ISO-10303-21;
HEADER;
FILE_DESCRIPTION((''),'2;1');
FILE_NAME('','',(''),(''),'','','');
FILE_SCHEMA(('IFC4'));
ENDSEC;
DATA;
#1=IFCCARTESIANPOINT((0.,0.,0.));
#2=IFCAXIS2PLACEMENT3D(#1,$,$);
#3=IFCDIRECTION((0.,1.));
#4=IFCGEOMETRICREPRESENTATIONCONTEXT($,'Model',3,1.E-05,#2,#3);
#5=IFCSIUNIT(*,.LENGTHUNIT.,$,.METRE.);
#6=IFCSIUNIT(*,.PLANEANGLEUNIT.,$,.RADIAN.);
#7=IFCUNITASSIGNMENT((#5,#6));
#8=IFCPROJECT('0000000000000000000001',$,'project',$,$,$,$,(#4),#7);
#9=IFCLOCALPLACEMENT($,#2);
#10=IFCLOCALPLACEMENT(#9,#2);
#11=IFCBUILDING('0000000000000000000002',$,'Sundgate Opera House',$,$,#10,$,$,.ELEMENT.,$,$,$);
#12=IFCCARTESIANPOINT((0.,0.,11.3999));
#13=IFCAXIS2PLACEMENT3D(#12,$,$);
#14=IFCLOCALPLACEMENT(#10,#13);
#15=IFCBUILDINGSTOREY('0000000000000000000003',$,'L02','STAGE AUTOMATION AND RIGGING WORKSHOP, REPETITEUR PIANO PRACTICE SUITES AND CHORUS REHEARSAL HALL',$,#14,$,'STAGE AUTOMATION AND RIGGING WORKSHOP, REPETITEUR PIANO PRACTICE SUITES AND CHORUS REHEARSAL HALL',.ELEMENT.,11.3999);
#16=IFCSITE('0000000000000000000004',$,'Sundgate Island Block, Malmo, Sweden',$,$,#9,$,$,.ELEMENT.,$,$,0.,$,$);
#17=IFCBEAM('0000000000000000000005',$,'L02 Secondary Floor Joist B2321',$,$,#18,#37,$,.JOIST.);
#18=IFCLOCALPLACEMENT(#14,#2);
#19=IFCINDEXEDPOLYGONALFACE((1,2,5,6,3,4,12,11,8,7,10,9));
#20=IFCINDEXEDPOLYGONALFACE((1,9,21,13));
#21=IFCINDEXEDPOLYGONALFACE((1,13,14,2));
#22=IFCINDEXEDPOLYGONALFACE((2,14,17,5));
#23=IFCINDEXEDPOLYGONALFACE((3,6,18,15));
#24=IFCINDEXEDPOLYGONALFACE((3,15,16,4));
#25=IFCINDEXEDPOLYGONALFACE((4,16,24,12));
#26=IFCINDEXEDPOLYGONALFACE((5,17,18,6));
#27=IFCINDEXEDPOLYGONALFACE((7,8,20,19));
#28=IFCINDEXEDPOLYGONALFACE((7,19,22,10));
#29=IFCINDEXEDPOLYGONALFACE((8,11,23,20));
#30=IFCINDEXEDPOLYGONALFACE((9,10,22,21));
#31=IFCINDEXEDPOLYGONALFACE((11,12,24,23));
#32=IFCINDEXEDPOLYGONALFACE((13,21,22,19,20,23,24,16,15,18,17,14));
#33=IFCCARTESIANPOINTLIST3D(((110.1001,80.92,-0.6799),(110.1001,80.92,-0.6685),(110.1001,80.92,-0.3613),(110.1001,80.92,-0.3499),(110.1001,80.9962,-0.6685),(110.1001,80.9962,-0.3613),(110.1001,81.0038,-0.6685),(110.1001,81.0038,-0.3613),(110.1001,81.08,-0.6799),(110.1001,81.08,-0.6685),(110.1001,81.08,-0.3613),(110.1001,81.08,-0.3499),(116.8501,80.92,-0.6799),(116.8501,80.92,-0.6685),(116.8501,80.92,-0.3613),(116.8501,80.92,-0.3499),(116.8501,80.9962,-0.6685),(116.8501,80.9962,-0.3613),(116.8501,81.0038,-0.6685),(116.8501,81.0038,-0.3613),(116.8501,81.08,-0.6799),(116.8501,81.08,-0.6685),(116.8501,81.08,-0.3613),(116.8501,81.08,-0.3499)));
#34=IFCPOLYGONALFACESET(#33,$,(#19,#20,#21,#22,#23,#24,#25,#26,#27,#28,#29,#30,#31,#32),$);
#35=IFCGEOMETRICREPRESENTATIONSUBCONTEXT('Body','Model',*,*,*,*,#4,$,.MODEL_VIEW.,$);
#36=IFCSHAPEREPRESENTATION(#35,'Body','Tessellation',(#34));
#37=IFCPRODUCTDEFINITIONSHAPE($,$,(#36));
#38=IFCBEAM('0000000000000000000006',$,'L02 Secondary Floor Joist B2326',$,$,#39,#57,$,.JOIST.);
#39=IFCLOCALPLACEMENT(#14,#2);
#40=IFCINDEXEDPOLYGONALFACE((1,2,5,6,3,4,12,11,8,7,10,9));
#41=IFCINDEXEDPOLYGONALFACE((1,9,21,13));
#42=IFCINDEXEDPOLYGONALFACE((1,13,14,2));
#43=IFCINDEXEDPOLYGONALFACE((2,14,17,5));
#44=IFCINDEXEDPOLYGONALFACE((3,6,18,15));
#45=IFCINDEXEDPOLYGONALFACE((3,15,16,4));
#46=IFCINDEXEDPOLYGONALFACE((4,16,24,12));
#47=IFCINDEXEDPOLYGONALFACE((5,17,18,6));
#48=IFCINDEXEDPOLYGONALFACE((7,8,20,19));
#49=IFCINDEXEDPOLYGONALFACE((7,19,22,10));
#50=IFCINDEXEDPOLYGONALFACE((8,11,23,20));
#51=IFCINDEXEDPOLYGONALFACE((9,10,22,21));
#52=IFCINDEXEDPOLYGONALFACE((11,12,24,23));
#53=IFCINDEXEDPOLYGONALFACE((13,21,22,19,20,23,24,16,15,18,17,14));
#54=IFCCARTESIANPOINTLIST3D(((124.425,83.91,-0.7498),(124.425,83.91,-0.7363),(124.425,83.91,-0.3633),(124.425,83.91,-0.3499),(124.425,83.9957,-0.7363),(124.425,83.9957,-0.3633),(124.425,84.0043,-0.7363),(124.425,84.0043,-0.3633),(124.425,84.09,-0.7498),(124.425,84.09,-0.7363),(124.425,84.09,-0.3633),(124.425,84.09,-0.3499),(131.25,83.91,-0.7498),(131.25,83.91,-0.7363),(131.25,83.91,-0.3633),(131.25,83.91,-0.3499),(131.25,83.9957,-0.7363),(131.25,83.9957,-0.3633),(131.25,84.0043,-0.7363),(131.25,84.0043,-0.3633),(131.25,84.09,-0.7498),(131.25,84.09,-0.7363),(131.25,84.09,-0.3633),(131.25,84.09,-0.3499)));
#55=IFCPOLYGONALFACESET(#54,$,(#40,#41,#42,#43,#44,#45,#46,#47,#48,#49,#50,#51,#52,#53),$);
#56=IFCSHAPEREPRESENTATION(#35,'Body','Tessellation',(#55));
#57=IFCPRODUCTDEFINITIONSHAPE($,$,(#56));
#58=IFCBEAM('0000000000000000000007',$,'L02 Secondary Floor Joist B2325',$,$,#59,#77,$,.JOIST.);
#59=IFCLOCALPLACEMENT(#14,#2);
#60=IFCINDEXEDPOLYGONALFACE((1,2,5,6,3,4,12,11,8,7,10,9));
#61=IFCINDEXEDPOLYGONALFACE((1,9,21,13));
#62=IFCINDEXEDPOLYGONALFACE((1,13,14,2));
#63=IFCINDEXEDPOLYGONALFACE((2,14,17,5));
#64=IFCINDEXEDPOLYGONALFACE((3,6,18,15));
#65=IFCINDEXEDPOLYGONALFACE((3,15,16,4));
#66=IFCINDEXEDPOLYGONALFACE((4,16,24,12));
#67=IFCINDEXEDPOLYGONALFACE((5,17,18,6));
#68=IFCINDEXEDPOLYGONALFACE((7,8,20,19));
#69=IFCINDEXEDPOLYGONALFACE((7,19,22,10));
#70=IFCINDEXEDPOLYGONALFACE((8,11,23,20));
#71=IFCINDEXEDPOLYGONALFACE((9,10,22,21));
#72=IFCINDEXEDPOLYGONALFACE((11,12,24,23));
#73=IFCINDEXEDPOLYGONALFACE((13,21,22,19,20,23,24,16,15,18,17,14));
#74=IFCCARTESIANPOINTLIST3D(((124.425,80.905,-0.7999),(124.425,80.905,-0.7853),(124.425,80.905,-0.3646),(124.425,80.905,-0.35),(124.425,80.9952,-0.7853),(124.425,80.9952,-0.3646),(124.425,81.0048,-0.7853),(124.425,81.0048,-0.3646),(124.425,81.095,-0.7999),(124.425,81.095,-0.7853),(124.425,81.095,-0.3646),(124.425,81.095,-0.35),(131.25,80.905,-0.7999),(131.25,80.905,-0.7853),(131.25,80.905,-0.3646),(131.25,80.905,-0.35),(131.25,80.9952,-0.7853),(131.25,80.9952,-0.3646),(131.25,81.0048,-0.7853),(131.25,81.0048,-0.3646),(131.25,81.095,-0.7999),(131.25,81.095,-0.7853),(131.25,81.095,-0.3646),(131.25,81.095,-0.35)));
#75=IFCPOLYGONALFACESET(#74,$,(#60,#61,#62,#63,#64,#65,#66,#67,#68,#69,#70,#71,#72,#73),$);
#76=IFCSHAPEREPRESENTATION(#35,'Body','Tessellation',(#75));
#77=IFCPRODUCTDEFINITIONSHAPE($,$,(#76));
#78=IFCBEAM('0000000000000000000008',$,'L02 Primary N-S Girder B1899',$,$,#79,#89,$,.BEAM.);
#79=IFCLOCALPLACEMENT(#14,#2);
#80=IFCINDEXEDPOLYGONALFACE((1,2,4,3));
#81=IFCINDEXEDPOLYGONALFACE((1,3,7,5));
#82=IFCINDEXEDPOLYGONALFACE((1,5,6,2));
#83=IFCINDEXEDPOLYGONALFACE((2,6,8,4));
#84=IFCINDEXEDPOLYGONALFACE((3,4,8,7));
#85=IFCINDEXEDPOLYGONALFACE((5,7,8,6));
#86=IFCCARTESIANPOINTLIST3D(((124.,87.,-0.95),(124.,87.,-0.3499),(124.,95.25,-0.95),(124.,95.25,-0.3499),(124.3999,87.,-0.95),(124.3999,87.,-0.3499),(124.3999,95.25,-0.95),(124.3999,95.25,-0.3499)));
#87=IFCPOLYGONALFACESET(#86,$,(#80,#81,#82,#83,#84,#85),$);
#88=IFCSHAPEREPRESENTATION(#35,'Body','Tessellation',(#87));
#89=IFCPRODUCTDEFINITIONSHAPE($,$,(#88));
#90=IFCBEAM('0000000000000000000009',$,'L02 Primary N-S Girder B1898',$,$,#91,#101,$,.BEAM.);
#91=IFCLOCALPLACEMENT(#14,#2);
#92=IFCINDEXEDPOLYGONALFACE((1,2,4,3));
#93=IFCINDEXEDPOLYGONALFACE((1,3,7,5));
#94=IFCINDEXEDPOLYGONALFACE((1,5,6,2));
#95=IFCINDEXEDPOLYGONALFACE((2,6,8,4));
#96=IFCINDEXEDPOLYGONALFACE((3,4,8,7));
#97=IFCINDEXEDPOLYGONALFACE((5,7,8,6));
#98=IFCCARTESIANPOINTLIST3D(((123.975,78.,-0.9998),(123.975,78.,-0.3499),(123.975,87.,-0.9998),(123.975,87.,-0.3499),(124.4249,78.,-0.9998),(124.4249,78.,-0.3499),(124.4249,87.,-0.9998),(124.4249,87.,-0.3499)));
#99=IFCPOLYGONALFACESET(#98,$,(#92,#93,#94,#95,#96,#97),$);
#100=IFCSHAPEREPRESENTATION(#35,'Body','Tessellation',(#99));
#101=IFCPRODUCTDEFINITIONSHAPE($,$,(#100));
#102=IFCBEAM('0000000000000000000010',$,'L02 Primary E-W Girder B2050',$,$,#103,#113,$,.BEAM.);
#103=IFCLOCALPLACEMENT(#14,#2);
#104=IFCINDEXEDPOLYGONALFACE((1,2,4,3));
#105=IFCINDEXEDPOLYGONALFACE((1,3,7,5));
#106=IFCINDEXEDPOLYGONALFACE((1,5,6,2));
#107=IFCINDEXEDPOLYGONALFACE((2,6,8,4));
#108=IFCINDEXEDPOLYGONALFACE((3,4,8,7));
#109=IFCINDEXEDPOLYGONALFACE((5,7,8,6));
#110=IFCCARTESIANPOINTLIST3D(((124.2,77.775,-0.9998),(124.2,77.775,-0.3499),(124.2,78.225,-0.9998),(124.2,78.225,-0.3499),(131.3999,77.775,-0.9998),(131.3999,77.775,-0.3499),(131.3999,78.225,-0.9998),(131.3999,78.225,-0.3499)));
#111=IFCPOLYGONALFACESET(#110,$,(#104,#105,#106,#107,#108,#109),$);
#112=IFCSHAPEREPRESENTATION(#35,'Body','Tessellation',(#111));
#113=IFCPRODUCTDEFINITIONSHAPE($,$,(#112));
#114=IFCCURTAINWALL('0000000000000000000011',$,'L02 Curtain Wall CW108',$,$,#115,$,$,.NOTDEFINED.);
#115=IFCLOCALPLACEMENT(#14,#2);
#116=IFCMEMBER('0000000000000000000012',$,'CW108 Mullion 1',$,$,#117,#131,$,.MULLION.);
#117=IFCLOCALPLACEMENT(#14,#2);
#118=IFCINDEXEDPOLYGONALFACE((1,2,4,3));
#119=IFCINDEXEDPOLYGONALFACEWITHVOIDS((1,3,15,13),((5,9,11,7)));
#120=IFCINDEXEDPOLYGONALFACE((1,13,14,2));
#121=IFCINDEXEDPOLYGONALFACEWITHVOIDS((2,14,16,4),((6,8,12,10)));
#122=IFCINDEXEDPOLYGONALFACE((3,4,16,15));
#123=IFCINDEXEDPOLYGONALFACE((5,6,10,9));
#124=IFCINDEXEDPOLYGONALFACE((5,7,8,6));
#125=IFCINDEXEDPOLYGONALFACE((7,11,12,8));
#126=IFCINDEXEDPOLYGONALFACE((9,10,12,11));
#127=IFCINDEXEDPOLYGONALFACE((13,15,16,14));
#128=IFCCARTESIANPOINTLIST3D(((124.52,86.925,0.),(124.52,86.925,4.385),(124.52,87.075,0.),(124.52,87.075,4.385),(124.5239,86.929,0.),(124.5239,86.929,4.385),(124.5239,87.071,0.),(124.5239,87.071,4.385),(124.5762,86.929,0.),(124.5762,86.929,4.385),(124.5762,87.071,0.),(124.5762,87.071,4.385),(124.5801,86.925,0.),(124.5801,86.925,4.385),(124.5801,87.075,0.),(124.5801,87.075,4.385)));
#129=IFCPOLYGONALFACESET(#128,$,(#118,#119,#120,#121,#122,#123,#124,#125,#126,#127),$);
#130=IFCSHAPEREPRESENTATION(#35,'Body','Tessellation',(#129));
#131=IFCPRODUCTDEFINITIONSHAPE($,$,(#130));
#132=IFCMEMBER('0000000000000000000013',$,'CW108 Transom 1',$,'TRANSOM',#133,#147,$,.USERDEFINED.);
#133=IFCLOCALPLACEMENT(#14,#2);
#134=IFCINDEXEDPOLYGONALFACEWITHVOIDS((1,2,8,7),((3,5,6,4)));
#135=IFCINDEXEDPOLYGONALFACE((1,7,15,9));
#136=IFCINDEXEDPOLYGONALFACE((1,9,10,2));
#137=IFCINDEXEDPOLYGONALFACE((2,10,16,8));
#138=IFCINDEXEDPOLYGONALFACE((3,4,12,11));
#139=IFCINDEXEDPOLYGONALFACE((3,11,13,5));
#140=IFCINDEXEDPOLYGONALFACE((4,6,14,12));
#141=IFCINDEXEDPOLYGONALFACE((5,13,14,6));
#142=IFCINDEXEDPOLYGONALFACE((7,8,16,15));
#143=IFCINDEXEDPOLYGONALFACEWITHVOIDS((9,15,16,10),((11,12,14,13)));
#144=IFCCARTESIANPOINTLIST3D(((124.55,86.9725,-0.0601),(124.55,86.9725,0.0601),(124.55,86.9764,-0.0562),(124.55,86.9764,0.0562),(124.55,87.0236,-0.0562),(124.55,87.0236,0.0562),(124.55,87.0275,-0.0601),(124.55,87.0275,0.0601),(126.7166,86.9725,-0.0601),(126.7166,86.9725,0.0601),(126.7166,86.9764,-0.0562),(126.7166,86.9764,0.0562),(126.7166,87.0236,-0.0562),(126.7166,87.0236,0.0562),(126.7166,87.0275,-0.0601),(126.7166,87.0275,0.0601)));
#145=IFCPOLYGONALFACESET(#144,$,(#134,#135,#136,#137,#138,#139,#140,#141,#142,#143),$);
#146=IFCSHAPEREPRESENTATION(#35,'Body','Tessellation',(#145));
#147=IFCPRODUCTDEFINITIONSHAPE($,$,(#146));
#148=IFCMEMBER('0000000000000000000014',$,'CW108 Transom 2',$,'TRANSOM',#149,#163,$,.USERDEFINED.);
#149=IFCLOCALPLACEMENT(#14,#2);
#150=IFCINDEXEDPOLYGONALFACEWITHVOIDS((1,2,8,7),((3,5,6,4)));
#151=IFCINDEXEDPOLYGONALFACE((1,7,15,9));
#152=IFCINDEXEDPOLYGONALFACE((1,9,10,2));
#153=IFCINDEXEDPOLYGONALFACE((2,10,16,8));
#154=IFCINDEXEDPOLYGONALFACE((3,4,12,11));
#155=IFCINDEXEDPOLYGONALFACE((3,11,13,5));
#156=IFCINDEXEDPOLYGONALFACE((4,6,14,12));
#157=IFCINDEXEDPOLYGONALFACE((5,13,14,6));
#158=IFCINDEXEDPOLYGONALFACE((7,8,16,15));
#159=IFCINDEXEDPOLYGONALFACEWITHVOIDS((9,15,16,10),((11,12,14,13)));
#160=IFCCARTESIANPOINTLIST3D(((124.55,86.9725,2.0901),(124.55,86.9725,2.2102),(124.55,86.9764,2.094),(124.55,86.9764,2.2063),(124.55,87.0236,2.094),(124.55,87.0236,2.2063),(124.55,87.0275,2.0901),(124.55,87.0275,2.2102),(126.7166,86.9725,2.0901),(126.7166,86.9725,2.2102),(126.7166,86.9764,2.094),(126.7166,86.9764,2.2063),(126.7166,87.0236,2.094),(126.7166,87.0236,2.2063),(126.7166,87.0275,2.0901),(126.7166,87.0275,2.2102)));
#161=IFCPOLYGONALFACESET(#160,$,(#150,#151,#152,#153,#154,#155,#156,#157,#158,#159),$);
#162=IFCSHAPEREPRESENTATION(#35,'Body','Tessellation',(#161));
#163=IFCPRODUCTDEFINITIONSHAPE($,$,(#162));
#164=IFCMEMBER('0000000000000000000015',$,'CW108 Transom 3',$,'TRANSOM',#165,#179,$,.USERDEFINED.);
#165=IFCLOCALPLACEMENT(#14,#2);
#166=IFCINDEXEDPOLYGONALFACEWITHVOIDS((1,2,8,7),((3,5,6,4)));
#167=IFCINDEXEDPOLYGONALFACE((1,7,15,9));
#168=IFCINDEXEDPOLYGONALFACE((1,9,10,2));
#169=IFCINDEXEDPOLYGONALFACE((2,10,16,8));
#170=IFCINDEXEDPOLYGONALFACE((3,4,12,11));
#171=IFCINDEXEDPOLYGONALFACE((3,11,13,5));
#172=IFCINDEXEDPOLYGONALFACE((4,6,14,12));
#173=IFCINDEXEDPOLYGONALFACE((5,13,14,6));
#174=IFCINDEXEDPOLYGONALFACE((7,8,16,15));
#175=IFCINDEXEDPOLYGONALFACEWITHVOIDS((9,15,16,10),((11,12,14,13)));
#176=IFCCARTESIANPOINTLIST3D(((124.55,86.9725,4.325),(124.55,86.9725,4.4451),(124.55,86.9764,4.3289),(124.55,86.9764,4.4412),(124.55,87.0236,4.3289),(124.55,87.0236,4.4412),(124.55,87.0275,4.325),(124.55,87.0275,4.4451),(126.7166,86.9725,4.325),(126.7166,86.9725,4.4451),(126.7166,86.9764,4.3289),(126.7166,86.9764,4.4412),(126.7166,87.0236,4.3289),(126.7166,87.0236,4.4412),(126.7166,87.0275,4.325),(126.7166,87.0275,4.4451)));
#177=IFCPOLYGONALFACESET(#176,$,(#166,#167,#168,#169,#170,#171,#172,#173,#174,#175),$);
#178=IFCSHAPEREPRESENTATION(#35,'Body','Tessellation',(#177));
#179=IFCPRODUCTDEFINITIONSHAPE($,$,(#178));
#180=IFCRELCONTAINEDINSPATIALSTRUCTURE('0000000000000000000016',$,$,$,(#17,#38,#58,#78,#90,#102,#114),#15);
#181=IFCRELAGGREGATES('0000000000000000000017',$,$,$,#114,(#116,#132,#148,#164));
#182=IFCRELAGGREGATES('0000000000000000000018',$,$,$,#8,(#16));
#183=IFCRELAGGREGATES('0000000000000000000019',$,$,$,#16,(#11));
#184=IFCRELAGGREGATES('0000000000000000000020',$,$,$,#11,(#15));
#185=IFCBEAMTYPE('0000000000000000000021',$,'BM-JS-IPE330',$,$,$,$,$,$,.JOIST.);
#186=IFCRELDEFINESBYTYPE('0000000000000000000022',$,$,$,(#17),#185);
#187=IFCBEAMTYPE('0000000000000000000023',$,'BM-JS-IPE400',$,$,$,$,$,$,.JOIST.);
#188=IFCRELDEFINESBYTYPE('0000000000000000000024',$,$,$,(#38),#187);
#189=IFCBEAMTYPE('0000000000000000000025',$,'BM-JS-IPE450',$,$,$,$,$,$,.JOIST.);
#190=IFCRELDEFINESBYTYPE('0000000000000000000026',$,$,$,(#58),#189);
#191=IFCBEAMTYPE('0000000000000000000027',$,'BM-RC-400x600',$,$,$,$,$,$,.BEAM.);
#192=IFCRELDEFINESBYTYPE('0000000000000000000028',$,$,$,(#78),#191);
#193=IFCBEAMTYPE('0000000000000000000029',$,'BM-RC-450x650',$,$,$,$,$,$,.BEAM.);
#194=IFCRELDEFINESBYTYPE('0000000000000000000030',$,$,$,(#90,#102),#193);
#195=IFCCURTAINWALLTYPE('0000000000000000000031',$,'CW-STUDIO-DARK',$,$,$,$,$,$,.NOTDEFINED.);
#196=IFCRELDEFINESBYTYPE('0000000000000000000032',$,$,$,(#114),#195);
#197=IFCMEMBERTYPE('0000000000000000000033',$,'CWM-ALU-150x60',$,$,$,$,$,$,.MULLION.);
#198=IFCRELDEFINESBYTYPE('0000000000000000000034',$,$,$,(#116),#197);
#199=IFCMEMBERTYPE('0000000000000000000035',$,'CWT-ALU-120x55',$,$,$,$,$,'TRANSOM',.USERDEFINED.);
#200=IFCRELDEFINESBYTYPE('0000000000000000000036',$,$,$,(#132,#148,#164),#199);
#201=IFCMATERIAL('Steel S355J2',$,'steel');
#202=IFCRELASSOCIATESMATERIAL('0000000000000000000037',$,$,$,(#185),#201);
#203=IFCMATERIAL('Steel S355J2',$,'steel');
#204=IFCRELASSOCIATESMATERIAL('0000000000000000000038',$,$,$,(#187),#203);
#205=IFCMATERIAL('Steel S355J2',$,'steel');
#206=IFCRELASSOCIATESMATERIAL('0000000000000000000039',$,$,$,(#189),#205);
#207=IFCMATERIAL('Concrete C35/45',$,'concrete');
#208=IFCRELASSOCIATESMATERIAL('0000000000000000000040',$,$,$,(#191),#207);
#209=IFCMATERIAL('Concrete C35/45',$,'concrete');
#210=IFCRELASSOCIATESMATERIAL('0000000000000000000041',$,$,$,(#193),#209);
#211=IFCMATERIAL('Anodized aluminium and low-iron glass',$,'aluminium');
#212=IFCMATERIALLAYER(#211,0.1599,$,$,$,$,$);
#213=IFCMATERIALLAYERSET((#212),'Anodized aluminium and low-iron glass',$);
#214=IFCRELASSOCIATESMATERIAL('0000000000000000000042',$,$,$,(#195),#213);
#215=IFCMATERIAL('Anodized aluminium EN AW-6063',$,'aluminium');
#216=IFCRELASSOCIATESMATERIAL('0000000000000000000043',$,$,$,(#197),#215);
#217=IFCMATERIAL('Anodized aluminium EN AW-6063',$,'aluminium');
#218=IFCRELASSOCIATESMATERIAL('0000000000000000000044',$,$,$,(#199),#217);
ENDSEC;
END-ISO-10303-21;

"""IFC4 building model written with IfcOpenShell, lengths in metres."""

from ifc_helpers import new_model, si_unit, direction, frame, origin, origin_2d, place, context, subcontext, project, spatial, rectangle, hollow_rectangle, i_section, extrude, material, layer, layer_set, material_profile, profile_set, type_object, element, aggregate, save


model = new_model("IFC4")

# Units and contexts
model_context = context("Model", 3, precision=1e-05, world=origin(), true_north=direction((0.0, 1.0)))
body_context = subcontext(model_context, "Body", "Model", "MODEL_VIEW")
ifc_project = project(units=[si_unit("LENGTHUNIT", "METRE"), si_unit("PLANEANGLEUNIT", "RADIAN")], contexts=[model_context])

# Site, building, storey
site_placement = place(None, origin())
site = spatial("IfcSite", under=ifc_project, at=site_placement, Name="Sundgate Island Block, Malmo, Sweden", CompositionType="ELEMENT", RefElevation=0.0)
building_placement = place(site_placement, origin())
building = spatial("IfcBuilding", under=site, at=building_placement, Name="Sundgate Opera House", CompositionType="ELEMENT")
storey_placement = place(building_placement, frame((0.0, 0.0, 11.3999)))
storey = spatial("IfcBuildingStorey", under=building, at=storey_placement, Name="L02", Description="STAGE AUTOMATION AND RIGGING WORKSHOP, REPETITEUR PIANO PRACTICE SUITES AND CHORUS REHEARSAL HALL", LongName="STAGE AUTOMATION AND RIGGING WORKSHOP, REPETITEUR PIANO PRACTICE SUITES AND CHORUS REHEARSAL HALL", CompositionType="ELEMENT", Elevation=11.3999)

# Beams
ifc_material_1 = material(Name="Steel S355J2", Category="steel")
ifc_material_profile_1 = material_profile(ifc_material_1, i_section(OverallWidth=0.1599, OverallDepth=0.3301, WebThickness=0.0076, FlangeThickness=0.0115, at=origin_2d()), Name="IPE 330")
ifc_profile_set_1 = profile_set([ifc_material_profile_1], Name="Steel S355J2")
beam_type_1 = type_object("IfcBeamType", Name="BM-JS-IPE330", PredefinedType="JOIST", material=ifc_profile_set_1)
beam_1_placement = place(storey_placement, frame((110.1001, 81.0, -0.5149), z_axis=(1.0, 0.0, 0.0), x_axis=(0.0, 1.0, 0.0)))
element("IfcBeam", 1, at=beam_1_placement, inside=storey, type_object=beam_type_1, Name="L02 Secondary Floor Joist B2321", PredefinedType="JOIST", context=body_context, shape_type="SweptSolid", body=[
    extrude(i_section(OverallWidth=0.1599, OverallDepth=0.3301, WebThickness=0.0076, FlangeThickness=0.0115, at=origin_2d()), origin(), (0.0, 0.0, 1.0), 6.75),
])
ifc_material_2 = material(Name="Steel S355J2", Category="steel")
ifc_material_profile_2 = material_profile(ifc_material_2, i_section(OverallWidth=0.1799, OverallDepth=0.3999, WebThickness=0.0085, FlangeThickness=0.0134, at=origin_2d()), Name="IPE 400")
ifc_profile_set_2 = profile_set([ifc_material_profile_2], Name="Steel S355J2")
beam_type_2 = type_object("IfcBeamType", Name="BM-JS-IPE400", PredefinedType="JOIST", material=ifc_profile_set_2)
beam_2_placement = place(storey_placement, frame((124.425, 84.0, -0.5498), z_axis=(1.0, 0.0, 0.0), x_axis=(0.0, 1.0, 0.0)))
element("IfcBeam", 2, at=beam_2_placement, inside=storey, type_object=beam_type_2, Name="L02 Secondary Floor Joist B2326", PredefinedType="JOIST", context=body_context, shape_type="SweptSolid", body=[
    extrude(i_section(OverallWidth=0.1799, OverallDepth=0.3999, WebThickness=0.0085, FlangeThickness=0.0134, at=origin_2d()), origin(), (0.0, 0.0, 1.0), 6.825),
])
ifc_material_3 = material(Name="Steel S355J2", Category="steel")
ifc_material_profile_3 = material_profile(ifc_material_3, i_section(OverallWidth=0.1899, OverallDepth=0.45, WebThickness=0.0095, FlangeThickness=0.0146, at=origin_2d()), Name="IPE 450")
ifc_profile_set_3 = profile_set([ifc_material_profile_3], Name="Steel S355J2")
beam_type_3 = type_object("IfcBeamType", Name="BM-JS-IPE450", PredefinedType="JOIST", material=ifc_profile_set_3)
beam_3_placement = place(storey_placement, frame((124.425, 81.0, -0.575), z_axis=(1.0, 0.0, 0.0), x_axis=(0.0, 1.0, 0.0)))
element("IfcBeam", 3, at=beam_3_placement, inside=storey, type_object=beam_type_3, Name="L02 Secondary Floor Joist B2325", PredefinedType="JOIST", context=body_context, shape_type="SweptSolid", body=[
    extrude(i_section(OverallWidth=0.1899, OverallDepth=0.45, WebThickness=0.0095, FlangeThickness=0.0146, at=origin_2d()), origin(), (0.0, 0.0, 1.0), 6.825),
])
ifc_material_4 = material(Name="Concrete C35/45", Category="concrete")
ifc_material_profile_4 = material_profile(ifc_material_4, rectangle(XDim=0.3999, YDim=0.6001, at=origin_2d()), Name="RC 400x600")
ifc_profile_set_4 = profile_set([ifc_material_profile_4], Name="Concrete C35/45")
beam_type_4 = type_object("IfcBeamType", Name="BM-RC-400x600", PredefinedType="BEAM", material=ifc_profile_set_4)
beam_4_placement = place(storey_placement, frame((124.2, 87.0, -0.6499), z_axis=(0.0, 1.0, 0.0), x_axis=(-1.0, 0.0, 0.0)))
element("IfcBeam", 4, at=beam_4_placement, inside=storey, type_object=beam_type_4, Name="L02 Primary N-S Girder B1899", PredefinedType="BEAM", context=body_context, shape_type="SweptSolid", body=[
    extrude(rectangle(XDim=0.3999, YDim=0.6001, at=origin_2d()), origin(), (0.0, 0.0, 1.0), 8.25),
])
ifc_material_5 = material(Name="Concrete C35/45", Category="concrete")
ifc_material_profile_5 = material_profile(ifc_material_5, rectangle(XDim=0.45, YDim=0.6499, at=origin_2d()), Name="RC 450x650")
ifc_profile_set_5 = profile_set([ifc_material_profile_5], Name="Concrete C35/45")
beam_type_5 = type_object("IfcBeamType", Name="BM-RC-450x650", PredefinedType="BEAM", material=ifc_profile_set_5)
beam_5_placement = place(storey_placement, frame((124.2, 78.0, -0.6748), z_axis=(0.0, 1.0, 0.0), x_axis=(-1.0, 0.0, 0.0)))
element("IfcBeam", 5, at=beam_5_placement, inside=storey, type_object=beam_type_5, Name="L02 Primary N-S Girder B1898", PredefinedType="BEAM", context=body_context, shape_type="SweptSolid", body=[
    extrude(rectangle(XDim=0.45, YDim=0.6499, at=origin_2d()), origin(), (0.0, 0.0, 1.0), 9.0),
])
beam_6_placement = place(storey_placement, frame((124.2, 78.0, -0.6748), z_axis=(1.0, 0.0, 0.0), x_axis=(0.0, 1.0, 0.0)))
element("IfcBeam", 6, at=beam_6_placement, inside=storey, type_object=beam_type_5, Name="L02 Primary E-W Girder B2050", PredefinedType="BEAM", context=body_context, shape_type="SweptSolid", body=[
    extrude(rectangle(XDim=0.45, YDim=0.6499, at=origin_2d()), origin(), (0.0, 0.0, 1.0), 7.2),
])

# Curtain wall, members
ifc_material_6 = material(Name="Anodized aluminium and low-iron glass", Category="aluminium")
ifc_layer_1 = layer(ifc_material_6, 0.1599)
ifc_layer_set_1 = layer_set([ifc_layer_1], Name="Anodized aluminium and low-iron glass")
curtain_wall_type = type_object("IfcCurtainWallType", Name="CW-STUDIO-DARK", PredefinedType="NOTDEFINED", material=ifc_layer_set_1)
curtain_wall_placement = place(storey_placement, origin())
curtain_wall = element("IfcCurtainWall", 7, at=curtain_wall_placement, inside=storey, type_object=curtain_wall_type, Name="L02 Curtain Wall CW108", PredefinedType="NOTDEFINED")
ifc_material_7 = material(Name="Anodized aluminium EN AW-6063", Category="aluminium")
ifc_material_profile_6 = material_profile(ifc_material_7, hollow_rectangle(XDim=0.0601, YDim=0.1499, WallThickness=0.0039, at=origin_2d()), Name="CWM 150x60x4")
ifc_profile_set_6 = profile_set([ifc_material_profile_6], Name="Anodized aluminium EN AW-6063")
member_type_1 = type_object("IfcMemberType", Name="CWM-ALU-150x60", PredefinedType="MULLION", material=ifc_profile_set_6)
member_1_placement = place(storey_placement, frame((124.55, 87.0, 0.0), z_axis=(0.0, 0.0, 1.0), x_axis=(1.0, 0.0, 0.0)))
member_1 = element("IfcMember", 8, at=member_1_placement, type_object=member_type_1, Name="CW108 Mullion 1", PredefinedType="MULLION", context=body_context, shape_type="SweptSolid", body=[
    extrude(hollow_rectangle(XDim=0.0601, YDim=0.1499, WallThickness=0.0039, at=origin_2d()), origin(), (0.0, 0.0, 1.0), 4.385),
])
ifc_material_8 = material(Name="Anodized aluminium EN AW-6063", Category="aluminium")
ifc_material_profile_7 = material_profile(ifc_material_8, hollow_rectangle(XDim=0.0549, YDim=0.1201, WallThickness=0.0039, at=origin_2d()), Name="CWT 120x55x4")
ifc_profile_set_7 = profile_set([ifc_material_profile_7], Name="Anodized aluminium EN AW-6063")
member_type_2 = type_object("IfcMemberType", Name="CWT-ALU-120x55", ElementType="TRANSOM", PredefinedType="USERDEFINED", material=ifc_profile_set_7)
member_2_placement = place(storey_placement, frame((124.55, 87.0, 0.0), z_axis=(1.0, 0.0, 0.0), x_axis=(0.0, 1.0, 0.0)))
member_2 = element("IfcMember", 9, at=member_2_placement, type_object=member_type_2, Name="CW108 Transom 1", ObjectType="TRANSOM", PredefinedType="USERDEFINED", context=body_context, shape_type="SweptSolid", body=[
    extrude(hollow_rectangle(XDim=0.0549, YDim=0.1201, WallThickness=0.0039, at=origin_2d()), origin(), (0.0, 0.0, 1.0), 2.1665),
])
member_3_placement = place(storey_placement, frame((124.55, 87.0, 2.1501), z_axis=(1.0, 0.0, 0.0), x_axis=(0.0, 1.0, 0.0)))
member_3 = element("IfcMember", 10, at=member_3_placement, type_object=member_type_2, Name="CW108 Transom 2", ObjectType="TRANSOM", PredefinedType="USERDEFINED", context=body_context, shape_type="SweptSolid", body=[
    extrude(hollow_rectangle(XDim=0.0549, YDim=0.1201, WallThickness=0.0039, at=origin_2d()), origin(), (0.0, 0.0, 1.0), 2.1665),
])
member_4_placement = place(storey_placement, frame((124.55, 87.0, 4.385), z_axis=(1.0, 0.0, 0.0), x_axis=(0.0, 1.0, 0.0)))
member_4 = element("IfcMember", 11, at=member_4_placement, type_object=member_type_2, Name="CW108 Transom 3", ObjectType="TRANSOM", PredefinedType="USERDEFINED", context=body_context, shape_type="SweptSolid", body=[
    extrude(hollow_rectangle(XDim=0.0549, YDim=0.1201, WallThickness=0.0039, at=origin_2d()), origin(), (0.0, 0.0, 1.0), 2.1665),
])
aggregate(curtain_wall, [member_1, member_2, member_3, member_4])

save(model, "model.ifc")
